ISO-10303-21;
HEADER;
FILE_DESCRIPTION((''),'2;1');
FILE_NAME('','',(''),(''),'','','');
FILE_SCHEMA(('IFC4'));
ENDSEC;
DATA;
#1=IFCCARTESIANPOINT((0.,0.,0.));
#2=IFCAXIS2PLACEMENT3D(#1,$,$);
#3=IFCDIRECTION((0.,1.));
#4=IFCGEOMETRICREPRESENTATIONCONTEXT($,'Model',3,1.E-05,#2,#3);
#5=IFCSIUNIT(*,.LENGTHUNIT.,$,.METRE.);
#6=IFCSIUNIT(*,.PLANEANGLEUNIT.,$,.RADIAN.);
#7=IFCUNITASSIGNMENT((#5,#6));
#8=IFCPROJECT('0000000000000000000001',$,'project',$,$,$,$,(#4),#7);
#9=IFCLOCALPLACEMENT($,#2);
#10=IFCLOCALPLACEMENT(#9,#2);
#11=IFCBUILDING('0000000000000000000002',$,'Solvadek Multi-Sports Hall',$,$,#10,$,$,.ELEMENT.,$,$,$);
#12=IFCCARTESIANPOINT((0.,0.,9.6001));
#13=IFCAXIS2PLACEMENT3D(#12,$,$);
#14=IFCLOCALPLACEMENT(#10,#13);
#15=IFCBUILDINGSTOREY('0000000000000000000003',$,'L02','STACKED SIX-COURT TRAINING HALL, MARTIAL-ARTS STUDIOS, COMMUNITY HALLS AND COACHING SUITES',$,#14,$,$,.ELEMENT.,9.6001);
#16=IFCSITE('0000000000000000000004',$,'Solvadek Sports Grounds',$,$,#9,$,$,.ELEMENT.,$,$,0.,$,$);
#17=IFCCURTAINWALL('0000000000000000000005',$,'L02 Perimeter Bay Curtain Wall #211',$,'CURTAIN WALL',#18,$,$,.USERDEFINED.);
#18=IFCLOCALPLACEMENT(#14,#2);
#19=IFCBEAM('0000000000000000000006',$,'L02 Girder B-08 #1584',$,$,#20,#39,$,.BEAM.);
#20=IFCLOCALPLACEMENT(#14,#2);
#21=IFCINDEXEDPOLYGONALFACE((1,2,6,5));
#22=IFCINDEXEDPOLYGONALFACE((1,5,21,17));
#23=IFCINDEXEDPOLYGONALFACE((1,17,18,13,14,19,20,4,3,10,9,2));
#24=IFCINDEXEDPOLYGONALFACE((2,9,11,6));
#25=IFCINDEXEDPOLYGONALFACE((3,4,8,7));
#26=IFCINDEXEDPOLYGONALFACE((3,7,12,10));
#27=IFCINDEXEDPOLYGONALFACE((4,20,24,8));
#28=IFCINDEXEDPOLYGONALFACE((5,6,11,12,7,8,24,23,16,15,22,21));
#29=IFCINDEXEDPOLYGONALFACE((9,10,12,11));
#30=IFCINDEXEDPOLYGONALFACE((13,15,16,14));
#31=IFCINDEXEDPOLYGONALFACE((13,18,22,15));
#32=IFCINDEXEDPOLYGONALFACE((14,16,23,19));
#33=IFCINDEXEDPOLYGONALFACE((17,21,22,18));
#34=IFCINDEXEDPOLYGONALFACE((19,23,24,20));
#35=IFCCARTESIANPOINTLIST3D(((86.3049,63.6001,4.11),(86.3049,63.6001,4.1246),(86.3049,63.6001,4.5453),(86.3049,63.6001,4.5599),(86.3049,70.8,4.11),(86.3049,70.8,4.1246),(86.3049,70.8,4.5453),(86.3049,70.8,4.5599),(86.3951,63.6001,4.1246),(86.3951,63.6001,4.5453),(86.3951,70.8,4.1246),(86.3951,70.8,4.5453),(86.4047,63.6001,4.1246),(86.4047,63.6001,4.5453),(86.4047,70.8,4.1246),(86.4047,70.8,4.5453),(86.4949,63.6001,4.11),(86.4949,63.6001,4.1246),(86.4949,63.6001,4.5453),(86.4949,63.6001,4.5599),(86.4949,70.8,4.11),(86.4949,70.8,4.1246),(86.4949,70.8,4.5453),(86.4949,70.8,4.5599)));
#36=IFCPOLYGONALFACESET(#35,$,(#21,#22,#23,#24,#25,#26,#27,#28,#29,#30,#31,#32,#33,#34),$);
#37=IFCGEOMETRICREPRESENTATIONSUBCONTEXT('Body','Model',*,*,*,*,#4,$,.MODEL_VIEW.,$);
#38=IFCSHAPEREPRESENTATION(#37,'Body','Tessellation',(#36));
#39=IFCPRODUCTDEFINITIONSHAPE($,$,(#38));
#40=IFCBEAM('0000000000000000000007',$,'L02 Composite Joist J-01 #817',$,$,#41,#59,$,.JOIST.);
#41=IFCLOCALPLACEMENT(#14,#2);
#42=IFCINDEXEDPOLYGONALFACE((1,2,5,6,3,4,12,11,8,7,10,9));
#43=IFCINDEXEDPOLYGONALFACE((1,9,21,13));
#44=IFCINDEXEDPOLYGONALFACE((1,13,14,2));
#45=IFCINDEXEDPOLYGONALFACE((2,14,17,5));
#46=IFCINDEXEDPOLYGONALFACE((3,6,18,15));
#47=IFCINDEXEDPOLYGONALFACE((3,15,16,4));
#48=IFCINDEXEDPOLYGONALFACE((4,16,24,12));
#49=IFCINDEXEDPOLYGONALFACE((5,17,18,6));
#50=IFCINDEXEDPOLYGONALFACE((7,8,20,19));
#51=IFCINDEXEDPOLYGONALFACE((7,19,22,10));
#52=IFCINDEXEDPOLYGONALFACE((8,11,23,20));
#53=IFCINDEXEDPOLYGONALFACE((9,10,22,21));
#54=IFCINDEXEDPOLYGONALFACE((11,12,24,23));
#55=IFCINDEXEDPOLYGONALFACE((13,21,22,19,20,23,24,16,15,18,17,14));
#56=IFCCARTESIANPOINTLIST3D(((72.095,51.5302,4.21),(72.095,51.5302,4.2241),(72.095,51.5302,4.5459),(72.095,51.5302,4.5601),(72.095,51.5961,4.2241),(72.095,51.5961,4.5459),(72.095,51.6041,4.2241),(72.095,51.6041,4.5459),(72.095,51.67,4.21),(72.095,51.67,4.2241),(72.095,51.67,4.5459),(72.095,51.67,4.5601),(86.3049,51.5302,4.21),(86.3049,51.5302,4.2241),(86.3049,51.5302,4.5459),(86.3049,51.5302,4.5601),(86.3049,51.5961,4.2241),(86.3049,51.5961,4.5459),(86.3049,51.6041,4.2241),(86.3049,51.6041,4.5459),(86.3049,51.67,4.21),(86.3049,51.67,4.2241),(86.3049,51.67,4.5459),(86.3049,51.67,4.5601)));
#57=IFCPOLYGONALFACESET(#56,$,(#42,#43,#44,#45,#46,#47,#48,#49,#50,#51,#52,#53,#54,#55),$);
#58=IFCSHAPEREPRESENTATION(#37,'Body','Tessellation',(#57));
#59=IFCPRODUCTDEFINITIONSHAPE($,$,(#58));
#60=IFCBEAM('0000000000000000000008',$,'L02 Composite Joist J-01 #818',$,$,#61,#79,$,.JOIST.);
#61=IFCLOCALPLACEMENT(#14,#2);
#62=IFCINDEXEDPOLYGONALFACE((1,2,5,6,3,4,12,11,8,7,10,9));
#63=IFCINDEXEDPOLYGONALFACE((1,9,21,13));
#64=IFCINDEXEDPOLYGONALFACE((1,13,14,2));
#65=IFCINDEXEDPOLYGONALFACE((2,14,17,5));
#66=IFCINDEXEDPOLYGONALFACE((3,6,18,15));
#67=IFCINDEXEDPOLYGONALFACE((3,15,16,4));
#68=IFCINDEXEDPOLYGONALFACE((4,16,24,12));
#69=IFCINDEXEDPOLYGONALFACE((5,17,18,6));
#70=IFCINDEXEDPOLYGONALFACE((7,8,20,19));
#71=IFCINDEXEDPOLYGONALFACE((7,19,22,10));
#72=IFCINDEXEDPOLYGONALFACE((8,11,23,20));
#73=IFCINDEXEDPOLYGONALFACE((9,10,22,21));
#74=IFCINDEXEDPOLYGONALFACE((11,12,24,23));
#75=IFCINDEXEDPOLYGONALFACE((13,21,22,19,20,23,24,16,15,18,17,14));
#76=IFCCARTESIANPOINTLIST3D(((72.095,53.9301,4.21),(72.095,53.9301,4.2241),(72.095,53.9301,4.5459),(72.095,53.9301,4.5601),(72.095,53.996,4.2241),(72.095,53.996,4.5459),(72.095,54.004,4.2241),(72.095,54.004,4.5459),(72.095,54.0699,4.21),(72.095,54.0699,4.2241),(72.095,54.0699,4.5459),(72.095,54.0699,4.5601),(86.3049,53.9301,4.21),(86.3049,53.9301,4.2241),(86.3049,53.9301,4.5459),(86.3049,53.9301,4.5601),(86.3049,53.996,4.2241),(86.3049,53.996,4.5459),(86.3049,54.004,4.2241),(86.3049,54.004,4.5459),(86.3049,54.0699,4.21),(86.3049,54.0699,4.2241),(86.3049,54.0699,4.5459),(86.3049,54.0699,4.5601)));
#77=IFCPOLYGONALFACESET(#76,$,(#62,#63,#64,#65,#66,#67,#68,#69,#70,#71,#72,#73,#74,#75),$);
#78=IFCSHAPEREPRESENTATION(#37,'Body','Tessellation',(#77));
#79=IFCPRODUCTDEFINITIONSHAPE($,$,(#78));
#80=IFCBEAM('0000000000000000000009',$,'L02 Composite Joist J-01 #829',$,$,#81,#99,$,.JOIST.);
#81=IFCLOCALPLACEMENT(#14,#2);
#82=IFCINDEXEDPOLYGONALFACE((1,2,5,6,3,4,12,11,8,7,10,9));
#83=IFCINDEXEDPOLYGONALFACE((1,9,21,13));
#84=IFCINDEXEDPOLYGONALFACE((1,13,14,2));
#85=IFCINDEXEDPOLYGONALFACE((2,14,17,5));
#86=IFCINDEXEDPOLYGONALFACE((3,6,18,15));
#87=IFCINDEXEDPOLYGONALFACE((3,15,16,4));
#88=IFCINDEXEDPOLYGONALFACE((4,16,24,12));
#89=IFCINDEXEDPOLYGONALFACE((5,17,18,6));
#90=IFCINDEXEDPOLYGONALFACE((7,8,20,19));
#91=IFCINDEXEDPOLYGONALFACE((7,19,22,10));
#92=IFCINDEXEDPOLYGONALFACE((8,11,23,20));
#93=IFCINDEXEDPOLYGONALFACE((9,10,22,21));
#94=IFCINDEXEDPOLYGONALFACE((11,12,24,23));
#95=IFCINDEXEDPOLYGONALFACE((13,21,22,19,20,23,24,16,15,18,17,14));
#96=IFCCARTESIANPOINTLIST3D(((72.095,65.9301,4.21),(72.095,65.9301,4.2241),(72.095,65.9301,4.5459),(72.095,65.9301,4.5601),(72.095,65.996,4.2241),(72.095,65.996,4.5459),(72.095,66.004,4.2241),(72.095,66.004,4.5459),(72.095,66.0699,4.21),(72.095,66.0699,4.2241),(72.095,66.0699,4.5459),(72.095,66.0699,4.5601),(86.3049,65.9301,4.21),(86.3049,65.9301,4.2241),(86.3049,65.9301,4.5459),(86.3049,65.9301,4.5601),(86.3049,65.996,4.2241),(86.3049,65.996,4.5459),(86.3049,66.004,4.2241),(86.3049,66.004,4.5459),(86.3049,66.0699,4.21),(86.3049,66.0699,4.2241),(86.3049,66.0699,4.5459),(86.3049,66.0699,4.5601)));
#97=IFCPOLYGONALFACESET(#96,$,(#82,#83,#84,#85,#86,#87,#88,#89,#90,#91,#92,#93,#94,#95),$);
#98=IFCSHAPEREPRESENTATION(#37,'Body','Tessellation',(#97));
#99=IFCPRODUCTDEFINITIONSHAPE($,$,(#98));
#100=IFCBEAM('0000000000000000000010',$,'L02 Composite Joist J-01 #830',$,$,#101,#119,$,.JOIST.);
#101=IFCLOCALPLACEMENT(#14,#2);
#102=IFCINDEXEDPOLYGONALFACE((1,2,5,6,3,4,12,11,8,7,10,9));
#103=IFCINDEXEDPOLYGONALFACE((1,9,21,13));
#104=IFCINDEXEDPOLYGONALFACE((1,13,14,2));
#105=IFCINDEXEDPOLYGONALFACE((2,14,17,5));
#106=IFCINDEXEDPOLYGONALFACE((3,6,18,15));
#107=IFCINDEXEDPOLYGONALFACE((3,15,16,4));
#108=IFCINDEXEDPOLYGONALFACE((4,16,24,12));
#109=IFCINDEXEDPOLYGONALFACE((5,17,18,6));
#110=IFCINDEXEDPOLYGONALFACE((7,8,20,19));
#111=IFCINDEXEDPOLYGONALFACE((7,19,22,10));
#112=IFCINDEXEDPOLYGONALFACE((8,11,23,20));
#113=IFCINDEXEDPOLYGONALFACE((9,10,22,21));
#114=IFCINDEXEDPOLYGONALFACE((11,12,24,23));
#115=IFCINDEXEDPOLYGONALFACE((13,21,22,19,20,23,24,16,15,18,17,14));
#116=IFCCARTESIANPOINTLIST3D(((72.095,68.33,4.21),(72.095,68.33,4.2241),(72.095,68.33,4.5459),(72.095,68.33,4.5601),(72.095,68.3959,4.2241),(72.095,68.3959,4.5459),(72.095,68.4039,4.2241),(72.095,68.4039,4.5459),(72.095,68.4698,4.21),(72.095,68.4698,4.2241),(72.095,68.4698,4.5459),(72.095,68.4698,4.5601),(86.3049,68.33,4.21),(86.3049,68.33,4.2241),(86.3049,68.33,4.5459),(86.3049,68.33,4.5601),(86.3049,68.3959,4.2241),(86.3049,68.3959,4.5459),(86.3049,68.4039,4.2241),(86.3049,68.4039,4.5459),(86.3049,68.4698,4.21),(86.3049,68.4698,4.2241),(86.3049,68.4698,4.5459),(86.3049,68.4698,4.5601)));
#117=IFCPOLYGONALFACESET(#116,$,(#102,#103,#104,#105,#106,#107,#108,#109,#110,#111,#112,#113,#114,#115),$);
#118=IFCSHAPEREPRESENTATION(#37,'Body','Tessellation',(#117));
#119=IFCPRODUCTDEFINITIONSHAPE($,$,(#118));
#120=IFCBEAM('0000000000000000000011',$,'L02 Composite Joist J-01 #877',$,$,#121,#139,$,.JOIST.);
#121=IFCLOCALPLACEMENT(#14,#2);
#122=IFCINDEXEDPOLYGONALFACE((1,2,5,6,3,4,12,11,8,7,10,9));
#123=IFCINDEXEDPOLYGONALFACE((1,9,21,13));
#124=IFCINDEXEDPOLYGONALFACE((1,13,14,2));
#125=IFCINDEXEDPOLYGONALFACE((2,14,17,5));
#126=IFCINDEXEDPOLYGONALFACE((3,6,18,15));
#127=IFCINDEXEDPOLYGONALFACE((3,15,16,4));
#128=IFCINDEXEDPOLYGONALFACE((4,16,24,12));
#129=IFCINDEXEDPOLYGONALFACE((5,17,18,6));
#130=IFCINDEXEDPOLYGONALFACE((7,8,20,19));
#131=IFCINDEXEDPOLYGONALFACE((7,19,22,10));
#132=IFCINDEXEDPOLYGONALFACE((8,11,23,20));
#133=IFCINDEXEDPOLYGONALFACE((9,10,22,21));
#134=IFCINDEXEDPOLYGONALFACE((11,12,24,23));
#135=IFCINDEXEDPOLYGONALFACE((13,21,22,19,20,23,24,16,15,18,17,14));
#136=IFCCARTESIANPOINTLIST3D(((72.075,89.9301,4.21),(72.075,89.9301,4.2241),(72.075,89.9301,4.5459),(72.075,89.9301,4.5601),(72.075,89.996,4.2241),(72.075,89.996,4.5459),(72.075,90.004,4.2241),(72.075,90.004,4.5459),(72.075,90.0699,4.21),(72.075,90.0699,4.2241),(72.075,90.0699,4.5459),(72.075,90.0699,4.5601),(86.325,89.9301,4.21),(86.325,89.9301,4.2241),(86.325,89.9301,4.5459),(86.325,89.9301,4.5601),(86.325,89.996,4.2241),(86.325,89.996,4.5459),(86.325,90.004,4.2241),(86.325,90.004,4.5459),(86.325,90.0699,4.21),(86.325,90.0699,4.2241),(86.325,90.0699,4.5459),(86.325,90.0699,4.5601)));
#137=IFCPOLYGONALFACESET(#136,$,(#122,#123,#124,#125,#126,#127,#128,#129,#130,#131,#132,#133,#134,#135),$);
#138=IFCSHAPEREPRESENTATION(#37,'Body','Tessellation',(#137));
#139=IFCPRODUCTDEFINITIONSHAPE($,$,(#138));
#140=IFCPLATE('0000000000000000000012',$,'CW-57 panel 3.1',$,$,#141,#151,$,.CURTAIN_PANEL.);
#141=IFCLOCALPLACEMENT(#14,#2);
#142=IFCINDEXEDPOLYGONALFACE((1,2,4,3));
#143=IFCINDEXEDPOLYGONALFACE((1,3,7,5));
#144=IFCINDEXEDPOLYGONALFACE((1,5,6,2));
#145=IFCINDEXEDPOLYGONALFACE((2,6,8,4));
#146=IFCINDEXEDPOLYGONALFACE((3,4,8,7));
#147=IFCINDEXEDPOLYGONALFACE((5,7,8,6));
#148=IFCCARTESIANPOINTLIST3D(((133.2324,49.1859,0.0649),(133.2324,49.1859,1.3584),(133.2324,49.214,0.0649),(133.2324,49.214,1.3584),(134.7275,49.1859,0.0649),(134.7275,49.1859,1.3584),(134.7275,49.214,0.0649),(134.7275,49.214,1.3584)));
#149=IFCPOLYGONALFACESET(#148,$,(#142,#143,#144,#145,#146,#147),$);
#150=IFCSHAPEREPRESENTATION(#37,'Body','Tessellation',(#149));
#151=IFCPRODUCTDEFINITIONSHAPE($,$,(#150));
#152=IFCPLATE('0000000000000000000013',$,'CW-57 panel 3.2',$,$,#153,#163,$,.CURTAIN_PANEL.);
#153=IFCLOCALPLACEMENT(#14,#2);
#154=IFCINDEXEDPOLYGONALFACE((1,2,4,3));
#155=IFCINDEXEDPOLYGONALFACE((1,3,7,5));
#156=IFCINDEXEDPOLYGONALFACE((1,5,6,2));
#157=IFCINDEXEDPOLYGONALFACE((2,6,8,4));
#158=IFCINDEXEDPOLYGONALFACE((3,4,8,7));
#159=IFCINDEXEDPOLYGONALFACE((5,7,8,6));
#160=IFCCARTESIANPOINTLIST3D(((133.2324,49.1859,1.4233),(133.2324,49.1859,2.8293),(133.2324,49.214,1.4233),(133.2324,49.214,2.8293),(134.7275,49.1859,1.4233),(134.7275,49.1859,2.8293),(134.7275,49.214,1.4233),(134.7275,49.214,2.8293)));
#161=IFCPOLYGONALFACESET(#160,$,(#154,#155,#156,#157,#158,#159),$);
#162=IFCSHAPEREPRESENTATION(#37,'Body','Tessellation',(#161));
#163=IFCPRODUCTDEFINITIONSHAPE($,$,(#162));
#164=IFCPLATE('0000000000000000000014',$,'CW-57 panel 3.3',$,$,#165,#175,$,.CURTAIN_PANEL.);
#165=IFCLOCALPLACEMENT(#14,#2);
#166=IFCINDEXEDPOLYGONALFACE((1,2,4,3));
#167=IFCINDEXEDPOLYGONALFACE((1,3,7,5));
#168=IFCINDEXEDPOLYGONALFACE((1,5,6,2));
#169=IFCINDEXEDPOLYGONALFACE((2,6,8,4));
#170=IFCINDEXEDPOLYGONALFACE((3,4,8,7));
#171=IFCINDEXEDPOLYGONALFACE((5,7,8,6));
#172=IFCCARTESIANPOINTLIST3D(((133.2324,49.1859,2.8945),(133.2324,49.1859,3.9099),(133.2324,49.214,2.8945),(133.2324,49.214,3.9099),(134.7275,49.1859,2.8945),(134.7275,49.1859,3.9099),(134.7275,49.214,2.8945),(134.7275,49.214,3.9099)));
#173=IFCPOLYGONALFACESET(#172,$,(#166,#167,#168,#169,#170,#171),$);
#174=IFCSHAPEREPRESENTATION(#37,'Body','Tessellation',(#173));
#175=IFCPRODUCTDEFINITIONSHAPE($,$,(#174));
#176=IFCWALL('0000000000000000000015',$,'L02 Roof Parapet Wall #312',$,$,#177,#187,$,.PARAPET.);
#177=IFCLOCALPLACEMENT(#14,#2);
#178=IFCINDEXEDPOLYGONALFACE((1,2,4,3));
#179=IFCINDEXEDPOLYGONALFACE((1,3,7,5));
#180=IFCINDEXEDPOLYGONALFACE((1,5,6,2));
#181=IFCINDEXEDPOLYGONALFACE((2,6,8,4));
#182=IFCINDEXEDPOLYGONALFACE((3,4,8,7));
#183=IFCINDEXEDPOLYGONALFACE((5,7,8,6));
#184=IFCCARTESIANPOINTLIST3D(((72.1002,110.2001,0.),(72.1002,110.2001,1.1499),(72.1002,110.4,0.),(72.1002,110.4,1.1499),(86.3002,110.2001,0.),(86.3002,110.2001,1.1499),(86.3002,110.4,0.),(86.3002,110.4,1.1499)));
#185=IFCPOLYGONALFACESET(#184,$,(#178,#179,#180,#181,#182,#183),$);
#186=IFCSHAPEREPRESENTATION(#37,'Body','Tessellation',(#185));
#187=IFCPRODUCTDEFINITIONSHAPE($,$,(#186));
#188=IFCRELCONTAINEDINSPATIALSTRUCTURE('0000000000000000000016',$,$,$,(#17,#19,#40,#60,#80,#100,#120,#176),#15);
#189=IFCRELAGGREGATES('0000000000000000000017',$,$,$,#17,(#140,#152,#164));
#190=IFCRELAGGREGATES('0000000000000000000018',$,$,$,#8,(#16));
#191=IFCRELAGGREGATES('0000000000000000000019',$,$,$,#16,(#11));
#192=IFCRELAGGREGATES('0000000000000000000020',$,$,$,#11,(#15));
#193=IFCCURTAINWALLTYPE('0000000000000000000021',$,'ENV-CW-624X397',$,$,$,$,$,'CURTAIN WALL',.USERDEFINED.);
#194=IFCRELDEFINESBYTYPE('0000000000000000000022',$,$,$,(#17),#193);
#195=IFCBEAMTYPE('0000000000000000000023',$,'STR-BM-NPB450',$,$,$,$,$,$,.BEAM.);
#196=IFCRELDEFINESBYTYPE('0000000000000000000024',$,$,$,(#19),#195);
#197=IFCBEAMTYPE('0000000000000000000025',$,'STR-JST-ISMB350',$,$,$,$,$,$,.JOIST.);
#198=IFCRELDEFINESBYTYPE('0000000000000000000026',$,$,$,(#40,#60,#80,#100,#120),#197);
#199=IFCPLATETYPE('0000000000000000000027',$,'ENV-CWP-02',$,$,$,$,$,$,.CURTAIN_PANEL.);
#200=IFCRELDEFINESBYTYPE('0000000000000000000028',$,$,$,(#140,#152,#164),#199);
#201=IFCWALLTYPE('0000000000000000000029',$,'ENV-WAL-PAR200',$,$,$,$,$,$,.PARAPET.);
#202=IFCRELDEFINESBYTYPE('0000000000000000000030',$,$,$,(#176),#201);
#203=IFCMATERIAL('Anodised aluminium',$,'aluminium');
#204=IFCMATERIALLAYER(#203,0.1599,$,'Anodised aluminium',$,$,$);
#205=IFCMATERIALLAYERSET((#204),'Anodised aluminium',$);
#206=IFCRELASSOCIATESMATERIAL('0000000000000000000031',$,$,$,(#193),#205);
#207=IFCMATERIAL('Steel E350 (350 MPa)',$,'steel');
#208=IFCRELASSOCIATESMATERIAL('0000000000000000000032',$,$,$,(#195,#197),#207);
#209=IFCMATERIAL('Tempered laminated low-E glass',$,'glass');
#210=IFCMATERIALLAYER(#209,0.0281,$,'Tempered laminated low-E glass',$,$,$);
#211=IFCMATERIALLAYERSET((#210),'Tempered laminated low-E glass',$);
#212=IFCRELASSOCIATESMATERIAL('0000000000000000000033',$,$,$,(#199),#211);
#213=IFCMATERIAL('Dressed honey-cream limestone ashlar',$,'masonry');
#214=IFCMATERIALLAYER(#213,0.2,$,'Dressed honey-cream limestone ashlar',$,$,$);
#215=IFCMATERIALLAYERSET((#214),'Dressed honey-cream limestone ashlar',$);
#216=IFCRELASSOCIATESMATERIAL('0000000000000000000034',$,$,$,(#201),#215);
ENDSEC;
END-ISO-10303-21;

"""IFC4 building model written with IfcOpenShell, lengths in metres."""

from ifc_helpers import new_model, si_unit, direction, frame, frame_2d, origin, origin_2d, place, context, subcontext, project, spatial, rectangle, i_section, extrude, material, layer, layer_set, material_profile, profile_set, type_object, element, aggregate, save


model = new_model("IFC4")

# Units and contexts
model_context = context("Model", 3, precision=1e-05, world=origin(), true_north=direction((0.0, 1.0)))
body_context = subcontext(model_context, "Body", "Model", "MODEL_VIEW")
ifc_project = project(units=[si_unit("LENGTHUNIT", "METRE"), si_unit("PLANEANGLEUNIT", "RADIAN")], contexts=[model_context])

# Site, building, storey
site_placement = place(None, origin())
site = spatial("IfcSite", under=ifc_project, at=site_placement, Name="Solvadek Sports Grounds", CompositionType="ELEMENT", RefElevation=0.0)
building_placement = place(site_placement, origin())
building = spatial("IfcBuilding", under=site, at=building_placement, Name="Solvadek Multi-Sports Hall", CompositionType="ELEMENT")
storey_placement = place(building_placement, frame((0.0, 0.0, 9.6001)))
storey = spatial("IfcBuildingStorey", under=building, at=storey_placement, Name="L02", Description="STACKED SIX-COURT TRAINING HALL, MARTIAL-ARTS STUDIOS, COMMUNITY HALLS AND COACHING SUITES", CompositionType="ELEMENT", Elevation=9.6001)

# Shared definitions
ifc_material_1 = material(Name="Steel E350 (350 MPa)", Category="steel")

# Curtain wall
ifc_material_2 = material(Name="Anodised aluminium", Category="aluminium")
ifc_layer_1 = layer(ifc_material_2, 0.1599, Name="Anodised aluminium")
ifc_layer_set_1 = layer_set([ifc_layer_1], Name="Anodised aluminium")
curtain_wall_type = type_object("IfcCurtainWallType", Name="ENV-CW-624X397", ElementType="CURTAIN WALL", PredefinedType="USERDEFINED", material=ifc_layer_set_1)
curtain_wall_placement = place(storey_placement, origin())
curtain_wall = element("IfcCurtainWall", 1, at=curtain_wall_placement, inside=storey, type_object=curtain_wall_type, Name="L02 Perimeter Bay Curtain Wall #211", ObjectType="CURTAIN WALL", PredefinedType="USERDEFINED")

# Beams
ifc_material_profile_1 = material_profile(ifc_material_1, i_section(OverallWidth=0.1899, OverallDepth=0.45, WebThickness=0.0095, FlangeThickness=0.0146, at=origin_2d()), Name="NPB 450")
ifc_profile_set_1 = profile_set([ifc_material_profile_1], Name="Steel E350 (350 MPa)")
beam_type_1 = type_object("IfcBeamType", Name="STR-BM-NPB450", PredefinedType="BEAM", material=ifc_profile_set_1)
beam_1_placement = place(storey_placement, frame((86.3999, 63.6001, 4.335), z_axis=(0.0, 1.0, 0.0), x_axis=(-1.0, 0.0, 0.0)))
element("IfcBeam", 2, at=beam_1_placement, inside=storey, type_object=beam_type_1, Name="L02 Girder B-08 #1584", PredefinedType="BEAM", context=body_context, shape_type="SweptSolid", body=[
    extrude(i_section(OverallWidth=0.1899, OverallDepth=0.45, WebThickness=0.0095, FlangeThickness=0.0146, at=origin_2d()), origin(), (0.0, 0.0, 1.0), 7.2),
])
ifc_material_profile_2 = material_profile(ifc_material_1, i_section(OverallWidth=0.1399, OverallDepth=0.3501, WebThickness=0.0081, FlangeThickness=0.0142, at=origin_2d()), Name="ISMB 350")
ifc_profile_set_2 = profile_set([ifc_material_profile_2], Name="Steel E350 (350 MPa)")
beam_type_2 = type_object("IfcBeamType", Name="STR-JST-ISMB350", PredefinedType="JOIST", material=ifc_profile_set_2)
for number, where, z_axis, x_axis, name in (
    (3, (72.095, 51.6001, 4.385), (1.0, 0.0, 0.0), (0.0, 1.0, 0.0), "L02 Composite Joist J-01 #817"),
    (4, (72.095, 54.0, 4.385), (1.0, 0.0, 0.0), (0.0, 1.0, 0.0), "L02 Composite Joist J-01 #818"),
    (5, (72.095, 66.0, 4.385), (1.0, 0.0, 0.0), (0.0, 1.0, 0.0), "L02 Composite Joist J-01 #829"),
    (6, (72.095, 68.3999, 4.385), (1.0, 0.0, 0.0), (0.0, 1.0, 0.0), "L02 Composite Joist J-01 #830"),
):
    element("IfcBeam", number, at=place(storey_placement, frame(where, z_axis=z_axis, x_axis=x_axis)), inside=storey, type_object=beam_type_2, Name=name, PredefinedType="JOIST", context=body_context, shape_type="SweptSolid", body=[
        extrude(i_section(OverallWidth=0.1399, OverallDepth=0.3501, WebThickness=0.0081, FlangeThickness=0.0142, at=origin_2d()), origin(), (0.0, 0.0, 1.0), 14.21),
    ])
beam_2_placement = place(storey_placement, frame((72.075, 90.0, 4.385), z_axis=(1.0, 0.0, 0.0), x_axis=(0.0, 1.0, 0.0)))
element("IfcBeam", 7, at=beam_2_placement, inside=storey, type_object=beam_type_2, Name="L02 Composite Joist J-01 #877", PredefinedType="JOIST", context=body_context, shape_type="SweptSolid", body=[
    extrude(i_section(OverallWidth=0.1399, OverallDepth=0.3501, WebThickness=0.0081, FlangeThickness=0.0142, at=origin_2d()), origin(), (0.0, 0.0, 1.0), 14.25),
])

# Plates
ifc_material_3 = material(Name="Tempered laminated low-E glass", Category="glass")
ifc_layer_2 = layer(ifc_material_3, 0.0281, Name="Tempered laminated low-E glass")
ifc_layer_set_2 = layer_set([ifc_layer_2], Name="Tempered laminated low-E glass")
plate_type = type_object("IfcPlateType", Name="ENV-CWP-02", PredefinedType="CURTAIN_PANEL", material=ifc_layer_set_2)
plate_1_placement = place(storey_placement, frame((133.98, 49.2, 0.0649), z_axis=(0.0, 0.0, 1.0), x_axis=(1.0, 0.0, 0.0)))
plate_1 = element("IfcPlate", 8, at=plate_1_placement, type_object=plate_type, Name="CW-57 panel 3.1", PredefinedType="CURTAIN_PANEL", context=body_context, shape_type="SweptSolid", body=[
    extrude(rectangle(XDim=1.4951, YDim=0.0281, at=origin_2d()), origin(), (0.0, 0.0, 1.0), 1.2935),
])
plate_2_placement = place(storey_placement, frame((133.98, 49.2, 1.4233), z_axis=(0.0, 0.0, 1.0), x_axis=(1.0, 0.0, 0.0)))
plate_2 = element("IfcPlate", 9, at=plate_2_placement, type_object=plate_type, Name="CW-57 panel 3.2", PredefinedType="CURTAIN_PANEL", context=body_context, shape_type="SweptSolid", body=[
    extrude(rectangle(XDim=1.4951, YDim=0.0281, at=origin_2d()), origin(), (0.0, 0.0, 1.0), 1.406),
])
plate_3_placement = place(storey_placement, frame((133.98, 49.2, 2.8945), z_axis=(0.0, 0.0, 1.0), x_axis=(1.0, 0.0, 0.0)))
plate_3 = element("IfcPlate", 10, at=plate_3_placement, type_object=plate_type, Name="CW-57 panel 3.3", PredefinedType="CURTAIN_PANEL", context=body_context, shape_type="SweptSolid", body=[
    extrude(rectangle(XDim=1.4951, YDim=0.0281, at=origin_2d()), origin(), (0.0, 0.0, 1.0), 1.0154),
])
aggregate(curtain_wall, [plate_1, plate_2, plate_3])

# Wall
ifc_material_4 = material(Name="Dressed honey-cream limestone ashlar", Category="masonry")
ifc_layer_3 = layer(ifc_material_4, 0.2, Name="Dressed honey-cream limestone ashlar")
ifc_layer_set_3 = layer_set([ifc_layer_3], Name="Dressed honey-cream limestone ashlar")
wall_type = type_object("IfcWallType", Name="ENV-WAL-PAR200", PredefinedType="PARAPET", material=ifc_layer_set_3)
wall_placement = place(storey_placement, frame((72.1001, 110.3, 0.0), z_axis=(0.0, 0.0, 1.0), x_axis=(1.0, 0.0, 0.0)))
element("IfcWall", 11, at=wall_placement, inside=storey, type_object=wall_type, Name="L02 Roof Parapet Wall #312", PredefinedType="PARAPET", context=body_context, shape_type="SweptSolid", body=[
    extrude(rectangle(XDim=14.2, YDim=0.2, at=frame_2d((7.1001, 0.0))), origin(), (0.0, 0.0, 1.0), 1.1499),
])

save(model, "model.ifc")
